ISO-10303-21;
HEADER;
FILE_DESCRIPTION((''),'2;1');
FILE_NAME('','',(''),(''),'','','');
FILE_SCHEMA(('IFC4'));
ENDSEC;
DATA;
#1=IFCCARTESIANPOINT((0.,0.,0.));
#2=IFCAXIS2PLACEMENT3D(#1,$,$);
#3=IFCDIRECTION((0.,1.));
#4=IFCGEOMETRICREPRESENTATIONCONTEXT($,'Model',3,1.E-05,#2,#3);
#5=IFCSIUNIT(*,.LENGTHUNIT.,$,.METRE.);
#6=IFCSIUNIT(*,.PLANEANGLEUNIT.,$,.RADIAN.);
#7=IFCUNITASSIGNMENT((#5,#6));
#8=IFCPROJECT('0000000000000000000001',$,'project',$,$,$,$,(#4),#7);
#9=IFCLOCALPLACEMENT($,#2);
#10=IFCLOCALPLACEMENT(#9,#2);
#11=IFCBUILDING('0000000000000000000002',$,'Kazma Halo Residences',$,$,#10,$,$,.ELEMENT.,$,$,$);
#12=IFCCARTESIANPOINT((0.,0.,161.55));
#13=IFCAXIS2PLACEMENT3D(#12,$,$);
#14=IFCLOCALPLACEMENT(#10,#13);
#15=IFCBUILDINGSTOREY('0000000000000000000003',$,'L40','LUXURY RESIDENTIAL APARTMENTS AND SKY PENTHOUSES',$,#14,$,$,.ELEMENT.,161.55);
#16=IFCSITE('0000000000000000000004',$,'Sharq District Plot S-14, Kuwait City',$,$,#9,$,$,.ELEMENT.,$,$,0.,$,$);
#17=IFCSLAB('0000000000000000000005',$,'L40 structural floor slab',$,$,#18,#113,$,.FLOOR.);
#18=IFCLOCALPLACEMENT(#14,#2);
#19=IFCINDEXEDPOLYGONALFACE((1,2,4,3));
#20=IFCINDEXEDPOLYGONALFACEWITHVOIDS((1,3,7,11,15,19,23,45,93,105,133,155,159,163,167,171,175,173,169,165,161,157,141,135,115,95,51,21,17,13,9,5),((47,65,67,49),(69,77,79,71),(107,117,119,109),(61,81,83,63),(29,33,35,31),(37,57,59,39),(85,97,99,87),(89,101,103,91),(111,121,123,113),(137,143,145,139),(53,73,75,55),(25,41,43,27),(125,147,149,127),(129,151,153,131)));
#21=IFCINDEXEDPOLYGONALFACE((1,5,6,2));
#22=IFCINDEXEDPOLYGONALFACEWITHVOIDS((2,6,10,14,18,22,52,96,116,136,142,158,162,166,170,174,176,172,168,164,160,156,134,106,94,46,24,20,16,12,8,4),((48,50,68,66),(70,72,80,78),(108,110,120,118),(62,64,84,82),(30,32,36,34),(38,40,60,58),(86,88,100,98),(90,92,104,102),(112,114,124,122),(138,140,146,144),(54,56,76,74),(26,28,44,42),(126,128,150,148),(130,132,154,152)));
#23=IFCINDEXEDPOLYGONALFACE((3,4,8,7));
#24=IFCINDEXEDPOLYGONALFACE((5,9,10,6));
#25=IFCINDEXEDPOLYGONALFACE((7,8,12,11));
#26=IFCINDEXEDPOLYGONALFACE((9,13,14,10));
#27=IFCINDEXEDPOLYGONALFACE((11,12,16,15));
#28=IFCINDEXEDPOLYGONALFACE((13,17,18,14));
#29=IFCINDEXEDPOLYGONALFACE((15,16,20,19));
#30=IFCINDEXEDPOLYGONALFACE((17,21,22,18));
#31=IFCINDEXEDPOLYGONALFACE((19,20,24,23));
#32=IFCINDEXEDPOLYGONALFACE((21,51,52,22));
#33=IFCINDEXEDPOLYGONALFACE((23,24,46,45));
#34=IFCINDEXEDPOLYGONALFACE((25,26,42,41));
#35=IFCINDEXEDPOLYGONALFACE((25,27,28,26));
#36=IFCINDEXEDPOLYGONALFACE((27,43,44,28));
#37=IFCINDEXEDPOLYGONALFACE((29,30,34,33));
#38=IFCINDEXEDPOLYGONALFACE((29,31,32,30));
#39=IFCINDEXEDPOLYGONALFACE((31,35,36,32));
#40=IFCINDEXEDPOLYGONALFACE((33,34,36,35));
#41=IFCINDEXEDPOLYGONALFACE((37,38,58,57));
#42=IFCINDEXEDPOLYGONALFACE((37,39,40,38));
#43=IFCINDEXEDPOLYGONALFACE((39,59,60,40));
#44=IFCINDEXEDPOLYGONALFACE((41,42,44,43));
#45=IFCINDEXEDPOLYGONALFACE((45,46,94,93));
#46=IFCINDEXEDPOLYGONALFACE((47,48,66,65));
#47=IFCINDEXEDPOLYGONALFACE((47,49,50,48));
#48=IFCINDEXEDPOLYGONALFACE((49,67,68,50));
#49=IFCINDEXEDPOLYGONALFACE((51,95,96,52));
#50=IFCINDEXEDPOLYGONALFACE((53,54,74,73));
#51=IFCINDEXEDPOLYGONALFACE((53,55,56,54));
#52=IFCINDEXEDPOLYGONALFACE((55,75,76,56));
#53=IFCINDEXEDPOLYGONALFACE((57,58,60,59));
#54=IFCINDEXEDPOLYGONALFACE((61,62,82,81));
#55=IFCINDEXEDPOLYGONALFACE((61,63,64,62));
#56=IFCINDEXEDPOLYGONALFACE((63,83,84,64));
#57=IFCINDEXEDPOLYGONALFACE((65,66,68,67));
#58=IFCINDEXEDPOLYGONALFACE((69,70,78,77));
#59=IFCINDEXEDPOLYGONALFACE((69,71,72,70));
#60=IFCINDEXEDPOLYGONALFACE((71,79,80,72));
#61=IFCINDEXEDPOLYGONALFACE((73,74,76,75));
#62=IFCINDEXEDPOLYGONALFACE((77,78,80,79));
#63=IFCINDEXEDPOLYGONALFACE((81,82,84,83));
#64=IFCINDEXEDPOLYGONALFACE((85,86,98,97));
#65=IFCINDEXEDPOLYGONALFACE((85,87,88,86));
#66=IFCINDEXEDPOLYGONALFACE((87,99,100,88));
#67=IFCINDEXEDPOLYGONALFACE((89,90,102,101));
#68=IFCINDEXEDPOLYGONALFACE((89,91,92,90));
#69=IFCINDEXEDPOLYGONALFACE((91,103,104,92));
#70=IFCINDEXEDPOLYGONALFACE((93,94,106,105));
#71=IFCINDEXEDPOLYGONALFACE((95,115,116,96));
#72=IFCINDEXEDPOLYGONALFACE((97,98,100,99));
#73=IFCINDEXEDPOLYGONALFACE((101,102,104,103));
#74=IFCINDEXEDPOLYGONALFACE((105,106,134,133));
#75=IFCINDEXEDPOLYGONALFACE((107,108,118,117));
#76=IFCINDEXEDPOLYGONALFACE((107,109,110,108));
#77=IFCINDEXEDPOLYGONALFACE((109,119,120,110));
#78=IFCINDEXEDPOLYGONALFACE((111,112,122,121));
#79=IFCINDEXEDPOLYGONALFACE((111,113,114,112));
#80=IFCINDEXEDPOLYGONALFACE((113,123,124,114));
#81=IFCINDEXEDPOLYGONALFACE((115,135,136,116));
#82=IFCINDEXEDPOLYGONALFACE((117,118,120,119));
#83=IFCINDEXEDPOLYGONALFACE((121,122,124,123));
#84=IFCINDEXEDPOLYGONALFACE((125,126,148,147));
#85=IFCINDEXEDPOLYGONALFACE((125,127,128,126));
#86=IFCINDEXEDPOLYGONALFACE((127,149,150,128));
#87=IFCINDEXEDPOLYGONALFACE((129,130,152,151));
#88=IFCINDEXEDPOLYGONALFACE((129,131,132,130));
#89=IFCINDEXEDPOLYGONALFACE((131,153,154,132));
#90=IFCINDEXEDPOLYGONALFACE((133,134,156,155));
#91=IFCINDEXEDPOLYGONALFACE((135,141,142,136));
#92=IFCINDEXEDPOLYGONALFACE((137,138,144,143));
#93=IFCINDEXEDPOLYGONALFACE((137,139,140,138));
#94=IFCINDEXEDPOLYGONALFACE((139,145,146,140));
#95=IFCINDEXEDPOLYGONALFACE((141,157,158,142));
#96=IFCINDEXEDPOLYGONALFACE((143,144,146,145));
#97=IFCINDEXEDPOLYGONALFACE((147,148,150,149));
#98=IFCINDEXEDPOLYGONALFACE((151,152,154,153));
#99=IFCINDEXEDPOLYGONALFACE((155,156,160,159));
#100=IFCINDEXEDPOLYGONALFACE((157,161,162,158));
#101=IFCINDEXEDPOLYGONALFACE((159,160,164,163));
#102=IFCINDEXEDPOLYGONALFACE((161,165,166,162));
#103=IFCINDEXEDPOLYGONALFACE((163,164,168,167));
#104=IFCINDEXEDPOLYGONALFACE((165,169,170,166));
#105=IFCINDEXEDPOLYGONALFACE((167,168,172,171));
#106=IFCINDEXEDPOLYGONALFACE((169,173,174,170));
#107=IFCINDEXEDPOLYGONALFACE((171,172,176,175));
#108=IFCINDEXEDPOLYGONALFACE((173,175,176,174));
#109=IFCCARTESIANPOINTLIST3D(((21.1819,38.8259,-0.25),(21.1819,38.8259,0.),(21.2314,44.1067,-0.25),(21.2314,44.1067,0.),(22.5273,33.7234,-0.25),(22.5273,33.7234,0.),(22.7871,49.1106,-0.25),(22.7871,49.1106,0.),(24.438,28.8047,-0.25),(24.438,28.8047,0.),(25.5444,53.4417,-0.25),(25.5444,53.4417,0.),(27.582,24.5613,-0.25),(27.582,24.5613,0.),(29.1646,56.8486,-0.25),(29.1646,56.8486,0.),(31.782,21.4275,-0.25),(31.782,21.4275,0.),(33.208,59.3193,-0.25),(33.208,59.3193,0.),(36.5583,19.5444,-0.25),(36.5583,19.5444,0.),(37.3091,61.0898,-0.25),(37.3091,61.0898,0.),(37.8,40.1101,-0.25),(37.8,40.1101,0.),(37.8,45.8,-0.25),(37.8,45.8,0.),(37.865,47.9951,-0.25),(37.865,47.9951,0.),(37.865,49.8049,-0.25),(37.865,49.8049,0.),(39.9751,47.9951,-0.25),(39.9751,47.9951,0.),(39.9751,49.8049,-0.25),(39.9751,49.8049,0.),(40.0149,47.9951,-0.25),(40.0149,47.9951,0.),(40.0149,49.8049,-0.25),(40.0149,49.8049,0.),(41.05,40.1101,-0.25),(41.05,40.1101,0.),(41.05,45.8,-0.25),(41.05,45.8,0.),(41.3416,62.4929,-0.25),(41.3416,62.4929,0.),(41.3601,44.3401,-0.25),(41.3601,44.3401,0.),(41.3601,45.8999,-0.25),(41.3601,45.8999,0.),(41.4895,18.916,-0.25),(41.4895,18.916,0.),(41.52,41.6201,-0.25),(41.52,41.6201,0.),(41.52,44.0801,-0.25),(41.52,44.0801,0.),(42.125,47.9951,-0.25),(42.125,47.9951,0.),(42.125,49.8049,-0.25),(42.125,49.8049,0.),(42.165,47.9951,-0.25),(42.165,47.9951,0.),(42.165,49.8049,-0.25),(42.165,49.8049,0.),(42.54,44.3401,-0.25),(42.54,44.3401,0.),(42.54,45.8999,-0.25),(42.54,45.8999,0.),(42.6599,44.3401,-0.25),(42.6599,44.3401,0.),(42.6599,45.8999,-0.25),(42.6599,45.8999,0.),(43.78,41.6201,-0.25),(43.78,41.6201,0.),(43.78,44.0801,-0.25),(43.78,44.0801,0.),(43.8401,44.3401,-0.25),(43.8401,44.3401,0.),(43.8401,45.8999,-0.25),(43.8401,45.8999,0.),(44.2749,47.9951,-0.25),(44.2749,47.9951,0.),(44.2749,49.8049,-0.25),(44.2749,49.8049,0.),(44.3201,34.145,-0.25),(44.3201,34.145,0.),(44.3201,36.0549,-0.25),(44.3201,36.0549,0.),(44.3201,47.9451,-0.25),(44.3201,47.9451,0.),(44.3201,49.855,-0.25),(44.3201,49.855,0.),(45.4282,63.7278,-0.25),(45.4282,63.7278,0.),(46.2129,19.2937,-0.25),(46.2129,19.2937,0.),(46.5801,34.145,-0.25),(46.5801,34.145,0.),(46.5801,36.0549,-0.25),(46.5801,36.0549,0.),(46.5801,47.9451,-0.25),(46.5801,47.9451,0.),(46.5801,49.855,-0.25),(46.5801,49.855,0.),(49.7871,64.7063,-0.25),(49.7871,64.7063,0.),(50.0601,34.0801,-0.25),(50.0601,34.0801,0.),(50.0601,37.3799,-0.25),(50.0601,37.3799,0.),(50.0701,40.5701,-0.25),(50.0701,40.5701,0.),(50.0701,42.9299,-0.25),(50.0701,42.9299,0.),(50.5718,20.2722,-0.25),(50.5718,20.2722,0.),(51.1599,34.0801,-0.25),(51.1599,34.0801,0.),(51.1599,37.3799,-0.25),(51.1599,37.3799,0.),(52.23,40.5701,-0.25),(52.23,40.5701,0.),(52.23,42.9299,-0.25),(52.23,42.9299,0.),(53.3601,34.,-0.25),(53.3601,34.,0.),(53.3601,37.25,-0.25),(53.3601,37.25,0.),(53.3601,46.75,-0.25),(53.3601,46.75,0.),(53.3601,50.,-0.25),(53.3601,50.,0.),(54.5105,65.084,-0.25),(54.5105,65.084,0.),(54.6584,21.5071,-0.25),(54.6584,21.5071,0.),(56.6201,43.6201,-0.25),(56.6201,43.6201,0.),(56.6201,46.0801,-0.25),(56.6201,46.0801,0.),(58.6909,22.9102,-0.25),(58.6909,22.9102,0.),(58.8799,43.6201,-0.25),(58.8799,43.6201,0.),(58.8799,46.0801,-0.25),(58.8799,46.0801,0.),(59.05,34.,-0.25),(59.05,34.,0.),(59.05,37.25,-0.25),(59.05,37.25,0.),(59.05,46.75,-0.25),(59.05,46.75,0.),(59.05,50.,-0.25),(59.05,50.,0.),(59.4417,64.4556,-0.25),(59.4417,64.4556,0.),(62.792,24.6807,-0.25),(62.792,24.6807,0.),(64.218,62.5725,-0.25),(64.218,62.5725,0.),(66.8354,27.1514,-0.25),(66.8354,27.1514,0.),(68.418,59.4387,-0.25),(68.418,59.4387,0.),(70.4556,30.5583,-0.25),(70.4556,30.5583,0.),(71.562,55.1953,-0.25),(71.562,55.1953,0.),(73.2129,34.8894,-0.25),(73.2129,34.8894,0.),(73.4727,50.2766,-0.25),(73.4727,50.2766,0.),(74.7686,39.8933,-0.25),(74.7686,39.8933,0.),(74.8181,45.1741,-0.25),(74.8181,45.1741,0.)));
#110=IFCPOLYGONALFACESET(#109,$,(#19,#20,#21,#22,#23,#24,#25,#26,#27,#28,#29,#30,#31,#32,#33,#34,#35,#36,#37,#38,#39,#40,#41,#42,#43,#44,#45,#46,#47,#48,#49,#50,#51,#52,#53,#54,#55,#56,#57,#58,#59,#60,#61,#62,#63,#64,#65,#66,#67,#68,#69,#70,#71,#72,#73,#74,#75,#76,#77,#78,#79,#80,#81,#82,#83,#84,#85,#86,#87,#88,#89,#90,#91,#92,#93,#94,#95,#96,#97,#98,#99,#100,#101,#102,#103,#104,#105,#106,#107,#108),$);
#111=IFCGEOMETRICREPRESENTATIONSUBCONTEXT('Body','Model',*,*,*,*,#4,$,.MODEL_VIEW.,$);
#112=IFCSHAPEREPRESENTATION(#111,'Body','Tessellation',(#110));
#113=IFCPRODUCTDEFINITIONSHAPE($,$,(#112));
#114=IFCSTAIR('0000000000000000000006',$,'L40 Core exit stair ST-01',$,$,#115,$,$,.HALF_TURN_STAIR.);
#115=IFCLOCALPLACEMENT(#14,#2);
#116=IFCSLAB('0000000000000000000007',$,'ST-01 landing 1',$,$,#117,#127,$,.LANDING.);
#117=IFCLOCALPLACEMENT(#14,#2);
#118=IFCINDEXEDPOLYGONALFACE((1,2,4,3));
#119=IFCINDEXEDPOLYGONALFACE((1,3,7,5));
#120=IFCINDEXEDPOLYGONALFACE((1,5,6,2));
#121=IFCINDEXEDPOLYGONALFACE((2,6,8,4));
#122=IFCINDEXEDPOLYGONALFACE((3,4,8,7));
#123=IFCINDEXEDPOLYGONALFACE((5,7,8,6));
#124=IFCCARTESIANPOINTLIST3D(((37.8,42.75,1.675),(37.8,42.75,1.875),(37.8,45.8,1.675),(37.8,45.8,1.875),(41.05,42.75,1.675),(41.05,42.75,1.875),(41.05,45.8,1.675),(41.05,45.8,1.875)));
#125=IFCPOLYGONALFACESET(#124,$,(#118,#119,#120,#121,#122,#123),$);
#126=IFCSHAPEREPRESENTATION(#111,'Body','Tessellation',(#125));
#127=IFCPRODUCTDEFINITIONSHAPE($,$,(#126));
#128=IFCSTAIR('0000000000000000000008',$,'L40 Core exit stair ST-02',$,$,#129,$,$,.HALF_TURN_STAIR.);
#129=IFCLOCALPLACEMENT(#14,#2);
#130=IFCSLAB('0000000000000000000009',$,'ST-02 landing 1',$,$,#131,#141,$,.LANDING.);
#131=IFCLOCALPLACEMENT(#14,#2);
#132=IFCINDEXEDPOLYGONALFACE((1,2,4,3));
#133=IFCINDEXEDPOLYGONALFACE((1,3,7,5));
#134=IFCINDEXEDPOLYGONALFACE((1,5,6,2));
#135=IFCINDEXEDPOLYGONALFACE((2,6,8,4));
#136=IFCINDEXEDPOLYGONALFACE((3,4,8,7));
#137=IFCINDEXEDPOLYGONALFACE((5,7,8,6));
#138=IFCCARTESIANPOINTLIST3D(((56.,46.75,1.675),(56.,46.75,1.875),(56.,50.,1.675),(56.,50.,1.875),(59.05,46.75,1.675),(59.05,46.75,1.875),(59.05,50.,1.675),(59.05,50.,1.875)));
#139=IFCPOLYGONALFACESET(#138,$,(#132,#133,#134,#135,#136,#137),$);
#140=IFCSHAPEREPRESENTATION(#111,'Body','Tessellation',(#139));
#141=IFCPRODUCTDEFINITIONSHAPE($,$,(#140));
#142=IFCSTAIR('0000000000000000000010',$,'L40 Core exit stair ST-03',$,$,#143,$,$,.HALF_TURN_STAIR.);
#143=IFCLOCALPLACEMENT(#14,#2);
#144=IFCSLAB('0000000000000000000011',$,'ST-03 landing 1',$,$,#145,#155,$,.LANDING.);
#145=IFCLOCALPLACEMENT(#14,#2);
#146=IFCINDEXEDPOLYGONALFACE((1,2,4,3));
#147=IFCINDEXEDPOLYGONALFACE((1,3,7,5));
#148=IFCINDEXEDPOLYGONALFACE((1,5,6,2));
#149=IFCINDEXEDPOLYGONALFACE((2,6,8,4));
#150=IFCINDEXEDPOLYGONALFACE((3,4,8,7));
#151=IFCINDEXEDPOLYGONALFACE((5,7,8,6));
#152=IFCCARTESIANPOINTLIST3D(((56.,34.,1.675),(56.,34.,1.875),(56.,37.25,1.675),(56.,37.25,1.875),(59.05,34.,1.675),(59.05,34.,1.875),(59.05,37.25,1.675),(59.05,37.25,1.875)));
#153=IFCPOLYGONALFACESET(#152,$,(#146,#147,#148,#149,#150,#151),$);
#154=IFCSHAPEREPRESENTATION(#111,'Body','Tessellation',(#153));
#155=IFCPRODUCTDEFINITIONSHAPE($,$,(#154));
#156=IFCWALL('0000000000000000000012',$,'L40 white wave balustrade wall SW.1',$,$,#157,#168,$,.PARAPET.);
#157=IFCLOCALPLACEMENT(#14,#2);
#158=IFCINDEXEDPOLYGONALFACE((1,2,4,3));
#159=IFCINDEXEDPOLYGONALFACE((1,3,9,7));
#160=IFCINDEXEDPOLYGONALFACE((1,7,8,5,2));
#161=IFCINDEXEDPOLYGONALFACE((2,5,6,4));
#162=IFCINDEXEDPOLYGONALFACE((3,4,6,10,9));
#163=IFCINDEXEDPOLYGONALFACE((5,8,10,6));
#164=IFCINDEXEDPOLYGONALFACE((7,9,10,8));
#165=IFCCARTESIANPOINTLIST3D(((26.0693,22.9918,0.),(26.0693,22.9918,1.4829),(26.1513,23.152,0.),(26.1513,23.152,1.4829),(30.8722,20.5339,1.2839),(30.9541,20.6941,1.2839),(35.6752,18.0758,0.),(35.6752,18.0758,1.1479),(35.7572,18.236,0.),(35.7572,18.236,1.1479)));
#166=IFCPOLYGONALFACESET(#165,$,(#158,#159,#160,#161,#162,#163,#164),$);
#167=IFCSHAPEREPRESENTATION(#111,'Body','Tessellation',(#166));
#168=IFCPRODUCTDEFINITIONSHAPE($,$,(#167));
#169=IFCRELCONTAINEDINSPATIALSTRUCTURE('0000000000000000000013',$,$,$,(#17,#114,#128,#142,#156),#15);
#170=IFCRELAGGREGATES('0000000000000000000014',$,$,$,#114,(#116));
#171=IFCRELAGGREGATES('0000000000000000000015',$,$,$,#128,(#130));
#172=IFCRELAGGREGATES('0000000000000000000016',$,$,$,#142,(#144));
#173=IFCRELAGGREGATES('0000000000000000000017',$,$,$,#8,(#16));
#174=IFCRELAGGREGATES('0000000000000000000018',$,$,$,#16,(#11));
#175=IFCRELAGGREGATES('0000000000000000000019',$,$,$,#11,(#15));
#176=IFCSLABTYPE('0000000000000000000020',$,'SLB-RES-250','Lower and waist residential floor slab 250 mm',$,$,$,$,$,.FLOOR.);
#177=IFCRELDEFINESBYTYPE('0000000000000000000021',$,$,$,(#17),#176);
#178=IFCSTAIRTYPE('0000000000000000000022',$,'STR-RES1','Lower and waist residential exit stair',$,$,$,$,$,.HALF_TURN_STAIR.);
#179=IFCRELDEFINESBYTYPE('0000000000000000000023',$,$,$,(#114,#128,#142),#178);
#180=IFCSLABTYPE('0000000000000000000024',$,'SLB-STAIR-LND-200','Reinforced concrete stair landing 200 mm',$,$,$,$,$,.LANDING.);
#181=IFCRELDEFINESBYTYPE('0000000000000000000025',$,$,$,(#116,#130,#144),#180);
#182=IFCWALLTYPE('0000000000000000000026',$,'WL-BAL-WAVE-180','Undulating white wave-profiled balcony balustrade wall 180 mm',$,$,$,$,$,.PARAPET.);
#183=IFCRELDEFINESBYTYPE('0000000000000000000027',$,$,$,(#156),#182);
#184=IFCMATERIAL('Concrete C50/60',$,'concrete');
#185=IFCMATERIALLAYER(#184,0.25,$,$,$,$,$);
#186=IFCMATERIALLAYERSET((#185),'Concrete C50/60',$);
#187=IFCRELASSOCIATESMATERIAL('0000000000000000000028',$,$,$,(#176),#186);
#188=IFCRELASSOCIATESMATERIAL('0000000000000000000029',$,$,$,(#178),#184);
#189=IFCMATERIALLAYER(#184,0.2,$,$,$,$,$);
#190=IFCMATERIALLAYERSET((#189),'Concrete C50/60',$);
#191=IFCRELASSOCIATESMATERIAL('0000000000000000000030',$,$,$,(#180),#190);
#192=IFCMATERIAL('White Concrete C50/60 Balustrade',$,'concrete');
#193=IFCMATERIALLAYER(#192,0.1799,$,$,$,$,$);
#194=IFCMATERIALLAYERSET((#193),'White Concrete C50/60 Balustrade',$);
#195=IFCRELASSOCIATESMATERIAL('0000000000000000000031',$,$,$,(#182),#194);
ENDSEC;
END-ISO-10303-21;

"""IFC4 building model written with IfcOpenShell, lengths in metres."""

from ifc_helpers import new_model, si_unit, direction, frame, origin, place, context, subcontext, project, spatial, polyline, outline, extrude, material, layer, layer_set, type_object, element, aggregate, save


model = new_model("IFC4")

# Units and contexts
model_context = context("Model", 3, precision=1e-05, world=origin(), true_north=direction((0.0, 1.0)))
body_context = subcontext(model_context, "Body", "Model", "MODEL_VIEW")
ifc_project = project(units=[si_unit("LENGTHUNIT", "METRE"), si_unit("PLANEANGLEUNIT", "RADIAN")], contexts=[model_context])

# Site, building, storey
site_placement = place(None, origin())
site = spatial("IfcSite", under=ifc_project, at=site_placement, Name="Sharq District Plot S-14, Kuwait City", CompositionType="ELEMENT", RefElevation=0.0)
building_placement = place(site_placement, origin())
building = spatial("IfcBuilding", under=site, at=building_placement, Name="Kazma Halo Residences", CompositionType="ELEMENT")
storey_placement = place(building_placement, frame((0.0, 0.0, 161.55)))
storey = spatial("IfcBuildingStorey", under=building, at=storey_placement, Name="L40", Description="LUXURY RESIDENTIAL APARTMENTS AND SKY PENTHOUSES", CompositionType="ELEMENT", Elevation=161.55)

# Slab
ifc_material_1 = material(Name="Concrete C50/60", Category="concrete")
ifc_layer_1 = layer(ifc_material_1, 0.25)
ifc_layer_set_1 = layer_set([ifc_layer_1], Name="Concrete C50/60")
slab_type_1 = type_object("IfcSlabType", Name="SLB-RES-250", Description="Lower and waist residential floor slab 250 mm", PredefinedType="FLOOR", material=ifc_layer_set_1)
slab_1_placement = place(storey_placement, frame((0.0, 0.0, -0.25)))
element("IfcSlab", 1, at=slab_1_placement, inside=storey, type_object=slab_type_1, Name="L40 structural floor slab", PredefinedType="FLOOR", context=body_context, shape_type="SweptSolid", body=[
    extrude(outline(polyline([(73.4727, 50.2766), (71.562, 55.1953), (68.418, 59.4387), (64.218, 62.5725), (59.4417, 64.4556), (54.5105, 65.084), (49.7871, 64.7063), (45.4282, 63.7278), (41.3416, 62.4929), (37.3091, 61.0898), (33.208, 59.3193), (29.1646, 56.8486), (25.5444, 53.4417), (22.7871, 49.1106), (21.2314, 44.1067), (21.1819, 38.8259), (22.5273, 33.7234), (24.438, 28.8047), (27.582, 24.5613), (31.782, 21.4275), (36.5583, 19.5444), (41.4895, 18.916), (46.2129, 19.2937), (50.5718, 20.2722), (54.6584, 21.5071), (58.6909, 22.9102), (62.792, 24.6807), (66.8354, 27.1514), (70.4556, 30.5583), (73.2129, 34.8894), (74.7686, 39.8933), (74.8181, 45.1741), (73.4727, 50.2766)]), holes=[polyline([(37.8, 40.1101), (41.05, 40.1101), (41.05, 45.8), (37.8, 45.8), (37.8, 40.1101)]), polyline([(53.3601, 46.75), (59.05, 46.75), (59.05, 50.0), (53.3601, 50.0), (53.3601, 46.75)]), polyline([(53.3601, 34.0), (59.05, 34.0), (59.05, 37.25), (53.3601, 37.25), (53.3601, 34.0)]), polyline([(41.52, 41.6201), (43.78, 41.6201), (43.78, 44.0801), (41.52, 44.0801), (41.52, 41.6201)]), polyline([(56.6201, 43.6201), (58.8799, 43.6201), (58.8799, 46.0801), (56.6201, 46.0801), (56.6201, 43.6201)]), polyline([(37.865, 47.9951), (39.9751, 47.9951), (39.9751, 49.8049), (37.865, 49.8049), (37.865, 47.9951)]), polyline([(40.0149, 47.9951), (42.125, 47.9951), (42.125, 49.8049), (40.0149, 49.8049), (40.0149, 47.9951)]), polyline([(42.165, 47.9951), (44.2749, 47.9951), (44.2749, 49.8049), (42.165, 49.8049), (42.165, 47.9951)]), polyline([(44.3201, 47.9451), (46.5801, 47.9451), (46.5801, 49.855), (44.3201, 49.855), (44.3201, 47.9451)]), polyline([(44.3201, 34.145), (46.5801, 34.145), (46.5801, 36.0549), (44.3201, 36.0549), (44.3201, 34.145)]), polyline([(50.0701, 40.5701), (52.23, 40.5701), (52.23, 42.9299), (50.0701, 42.9299), (50.0701, 40.5701)]), polyline([(41.3601, 44.3401), (42.54, 44.3401), (42.54, 45.8999), (41.3601, 45.8999), (41.3601, 44.3401)]), polyline([(42.6599, 44.3401), (43.8401, 44.3401), (43.8401, 45.8999), (42.6599, 45.8999), (42.6599, 44.3401)]), polyline([(50.0601, 34.0801), (51.1599, 34.0801), (51.1599, 37.3799), (50.0601, 37.3799), (50.0601, 34.0801)])]), origin(), (0.0, 0.0, 1.0), 0.25),
])

# Stairs, slabs
stair_type = type_object("IfcStairType", Name="STR-RES1", Description="Lower and waist residential exit stair", PredefinedType="HALF_TURN_STAIR", material=ifc_material_1)
stair_1_placement = place(storey_placement, origin())
stair_1 = element("IfcStair", 2, at=stair_1_placement, inside=storey, type_object=stair_type, Name="L40 Core exit stair ST-01", PredefinedType="HALF_TURN_STAIR")
ifc_layer_2 = layer(ifc_material_1, 0.2)
ifc_layer_set_2 = layer_set([ifc_layer_2], Name="Concrete C50/60")
slab_type_2 = type_object("IfcSlabType", Name="SLB-STAIR-LND-200", Description="Reinforced concrete stair landing 200 mm", PredefinedType="LANDING", material=ifc_layer_set_2)
slab_2_placement = place(storey_placement, frame((0.0, 0.0, 1.675)))
slab_2 = element("IfcSlab", 3, at=slab_2_placement, type_object=slab_type_2, Name="ST-01 landing 1", PredefinedType="LANDING", context=body_context, shape_type="SweptSolid", body=[
    extrude(outline(polyline([(41.05, 42.75), (41.05, 45.8), (37.8, 45.8), (37.8, 42.75), (41.05, 42.75)])), origin(), (0.0, 0.0, 1.0), 0.2),
])
aggregate(stair_1, [slab_2])
stair_2_placement = place(storey_placement, origin())
stair_2 = element("IfcStair", 4, at=stair_2_placement, inside=storey, type_object=stair_type, Name="L40 Core exit stair ST-02", PredefinedType="HALF_TURN_STAIR")
slab_3_placement = place(storey_placement, frame((0.0, 0.0, 1.675)))
slab_3 = element("IfcSlab", 5, at=slab_3_placement, type_object=slab_type_2, Name="ST-02 landing 1", PredefinedType="LANDING", context=body_context, shape_type="SweptSolid", body=[
    extrude(outline(polyline([(56.0, 46.75), (59.05, 46.75), (59.05, 50.0), (56.0, 50.0), (56.0, 46.75)])), origin(), (0.0, 0.0, 1.0), 0.2),
])
aggregate(stair_2, [slab_3])
stair_3_placement = place(storey_placement, origin())
stair_3 = element("IfcStair", 6, at=stair_3_placement, inside=storey, type_object=stair_type, Name="L40 Core exit stair ST-03", PredefinedType="HALF_TURN_STAIR")
slab_4_placement = place(storey_placement, frame((0.0, 0.0, 1.675)))
slab_4 = element("IfcSlab", 7, at=slab_4_placement, type_object=slab_type_2, Name="ST-03 landing 1", PredefinedType="LANDING", context=body_context, shape_type="SweptSolid", body=[
    extrude(outline(polyline([(56.0, 34.0), (59.05, 34.0), (59.05, 37.25), (56.0, 37.25), (56.0, 34.0)])), origin(), (0.0, 0.0, 1.0), 0.2),
])
aggregate(stair_3, [slab_4])

# Wall
ifc_material_2 = material(Name="White Concrete C50/60 Balustrade", Category="concrete")
ifc_layer_3 = layer(ifc_material_2, 0.1799)
ifc_layer_set_3 = layer_set([ifc_layer_3], Name="White Concrete C50/60 Balustrade")
wall_type_1 = type_object("IfcWallType", Name="WL-BAL-WAVE-180", Description="Undulating white wave-profiled balcony balustrade wall 180 mm", PredefinedType="PARAPET", material=ifc_layer_set_3)
wall_1_placement = place(storey_placement, frame((26.1104, 23.072, 0.0), z_axis=(0.0, 0.0, 1.0), x_axis=(0.890198, -0.455574, 0.0)))
element("IfcWall", 8, at=wall_1_placement, inside=storey, type_object=wall_type_1, Name="L40 white wave balustrade wall SW.1", PredefinedType="PARAPET", context=body_context, shape_type="SweptSolid", body=[
    extrude(outline(polyline([(0.0, 0.0), (10.7908, 0.0), (10.7908, 1.1479), (5.3953, 1.2839), (0.0, 1.4829), (0.0, 0.0)])), frame((0.0, 0.0898, 0.0), z_axis=(0.0, -1.0, 0.0), x_axis=(1.0, 0.0, 0.0)), (0.0, 0.0, 1.0), 0.1799),
])

save(model, "model.ifc")
